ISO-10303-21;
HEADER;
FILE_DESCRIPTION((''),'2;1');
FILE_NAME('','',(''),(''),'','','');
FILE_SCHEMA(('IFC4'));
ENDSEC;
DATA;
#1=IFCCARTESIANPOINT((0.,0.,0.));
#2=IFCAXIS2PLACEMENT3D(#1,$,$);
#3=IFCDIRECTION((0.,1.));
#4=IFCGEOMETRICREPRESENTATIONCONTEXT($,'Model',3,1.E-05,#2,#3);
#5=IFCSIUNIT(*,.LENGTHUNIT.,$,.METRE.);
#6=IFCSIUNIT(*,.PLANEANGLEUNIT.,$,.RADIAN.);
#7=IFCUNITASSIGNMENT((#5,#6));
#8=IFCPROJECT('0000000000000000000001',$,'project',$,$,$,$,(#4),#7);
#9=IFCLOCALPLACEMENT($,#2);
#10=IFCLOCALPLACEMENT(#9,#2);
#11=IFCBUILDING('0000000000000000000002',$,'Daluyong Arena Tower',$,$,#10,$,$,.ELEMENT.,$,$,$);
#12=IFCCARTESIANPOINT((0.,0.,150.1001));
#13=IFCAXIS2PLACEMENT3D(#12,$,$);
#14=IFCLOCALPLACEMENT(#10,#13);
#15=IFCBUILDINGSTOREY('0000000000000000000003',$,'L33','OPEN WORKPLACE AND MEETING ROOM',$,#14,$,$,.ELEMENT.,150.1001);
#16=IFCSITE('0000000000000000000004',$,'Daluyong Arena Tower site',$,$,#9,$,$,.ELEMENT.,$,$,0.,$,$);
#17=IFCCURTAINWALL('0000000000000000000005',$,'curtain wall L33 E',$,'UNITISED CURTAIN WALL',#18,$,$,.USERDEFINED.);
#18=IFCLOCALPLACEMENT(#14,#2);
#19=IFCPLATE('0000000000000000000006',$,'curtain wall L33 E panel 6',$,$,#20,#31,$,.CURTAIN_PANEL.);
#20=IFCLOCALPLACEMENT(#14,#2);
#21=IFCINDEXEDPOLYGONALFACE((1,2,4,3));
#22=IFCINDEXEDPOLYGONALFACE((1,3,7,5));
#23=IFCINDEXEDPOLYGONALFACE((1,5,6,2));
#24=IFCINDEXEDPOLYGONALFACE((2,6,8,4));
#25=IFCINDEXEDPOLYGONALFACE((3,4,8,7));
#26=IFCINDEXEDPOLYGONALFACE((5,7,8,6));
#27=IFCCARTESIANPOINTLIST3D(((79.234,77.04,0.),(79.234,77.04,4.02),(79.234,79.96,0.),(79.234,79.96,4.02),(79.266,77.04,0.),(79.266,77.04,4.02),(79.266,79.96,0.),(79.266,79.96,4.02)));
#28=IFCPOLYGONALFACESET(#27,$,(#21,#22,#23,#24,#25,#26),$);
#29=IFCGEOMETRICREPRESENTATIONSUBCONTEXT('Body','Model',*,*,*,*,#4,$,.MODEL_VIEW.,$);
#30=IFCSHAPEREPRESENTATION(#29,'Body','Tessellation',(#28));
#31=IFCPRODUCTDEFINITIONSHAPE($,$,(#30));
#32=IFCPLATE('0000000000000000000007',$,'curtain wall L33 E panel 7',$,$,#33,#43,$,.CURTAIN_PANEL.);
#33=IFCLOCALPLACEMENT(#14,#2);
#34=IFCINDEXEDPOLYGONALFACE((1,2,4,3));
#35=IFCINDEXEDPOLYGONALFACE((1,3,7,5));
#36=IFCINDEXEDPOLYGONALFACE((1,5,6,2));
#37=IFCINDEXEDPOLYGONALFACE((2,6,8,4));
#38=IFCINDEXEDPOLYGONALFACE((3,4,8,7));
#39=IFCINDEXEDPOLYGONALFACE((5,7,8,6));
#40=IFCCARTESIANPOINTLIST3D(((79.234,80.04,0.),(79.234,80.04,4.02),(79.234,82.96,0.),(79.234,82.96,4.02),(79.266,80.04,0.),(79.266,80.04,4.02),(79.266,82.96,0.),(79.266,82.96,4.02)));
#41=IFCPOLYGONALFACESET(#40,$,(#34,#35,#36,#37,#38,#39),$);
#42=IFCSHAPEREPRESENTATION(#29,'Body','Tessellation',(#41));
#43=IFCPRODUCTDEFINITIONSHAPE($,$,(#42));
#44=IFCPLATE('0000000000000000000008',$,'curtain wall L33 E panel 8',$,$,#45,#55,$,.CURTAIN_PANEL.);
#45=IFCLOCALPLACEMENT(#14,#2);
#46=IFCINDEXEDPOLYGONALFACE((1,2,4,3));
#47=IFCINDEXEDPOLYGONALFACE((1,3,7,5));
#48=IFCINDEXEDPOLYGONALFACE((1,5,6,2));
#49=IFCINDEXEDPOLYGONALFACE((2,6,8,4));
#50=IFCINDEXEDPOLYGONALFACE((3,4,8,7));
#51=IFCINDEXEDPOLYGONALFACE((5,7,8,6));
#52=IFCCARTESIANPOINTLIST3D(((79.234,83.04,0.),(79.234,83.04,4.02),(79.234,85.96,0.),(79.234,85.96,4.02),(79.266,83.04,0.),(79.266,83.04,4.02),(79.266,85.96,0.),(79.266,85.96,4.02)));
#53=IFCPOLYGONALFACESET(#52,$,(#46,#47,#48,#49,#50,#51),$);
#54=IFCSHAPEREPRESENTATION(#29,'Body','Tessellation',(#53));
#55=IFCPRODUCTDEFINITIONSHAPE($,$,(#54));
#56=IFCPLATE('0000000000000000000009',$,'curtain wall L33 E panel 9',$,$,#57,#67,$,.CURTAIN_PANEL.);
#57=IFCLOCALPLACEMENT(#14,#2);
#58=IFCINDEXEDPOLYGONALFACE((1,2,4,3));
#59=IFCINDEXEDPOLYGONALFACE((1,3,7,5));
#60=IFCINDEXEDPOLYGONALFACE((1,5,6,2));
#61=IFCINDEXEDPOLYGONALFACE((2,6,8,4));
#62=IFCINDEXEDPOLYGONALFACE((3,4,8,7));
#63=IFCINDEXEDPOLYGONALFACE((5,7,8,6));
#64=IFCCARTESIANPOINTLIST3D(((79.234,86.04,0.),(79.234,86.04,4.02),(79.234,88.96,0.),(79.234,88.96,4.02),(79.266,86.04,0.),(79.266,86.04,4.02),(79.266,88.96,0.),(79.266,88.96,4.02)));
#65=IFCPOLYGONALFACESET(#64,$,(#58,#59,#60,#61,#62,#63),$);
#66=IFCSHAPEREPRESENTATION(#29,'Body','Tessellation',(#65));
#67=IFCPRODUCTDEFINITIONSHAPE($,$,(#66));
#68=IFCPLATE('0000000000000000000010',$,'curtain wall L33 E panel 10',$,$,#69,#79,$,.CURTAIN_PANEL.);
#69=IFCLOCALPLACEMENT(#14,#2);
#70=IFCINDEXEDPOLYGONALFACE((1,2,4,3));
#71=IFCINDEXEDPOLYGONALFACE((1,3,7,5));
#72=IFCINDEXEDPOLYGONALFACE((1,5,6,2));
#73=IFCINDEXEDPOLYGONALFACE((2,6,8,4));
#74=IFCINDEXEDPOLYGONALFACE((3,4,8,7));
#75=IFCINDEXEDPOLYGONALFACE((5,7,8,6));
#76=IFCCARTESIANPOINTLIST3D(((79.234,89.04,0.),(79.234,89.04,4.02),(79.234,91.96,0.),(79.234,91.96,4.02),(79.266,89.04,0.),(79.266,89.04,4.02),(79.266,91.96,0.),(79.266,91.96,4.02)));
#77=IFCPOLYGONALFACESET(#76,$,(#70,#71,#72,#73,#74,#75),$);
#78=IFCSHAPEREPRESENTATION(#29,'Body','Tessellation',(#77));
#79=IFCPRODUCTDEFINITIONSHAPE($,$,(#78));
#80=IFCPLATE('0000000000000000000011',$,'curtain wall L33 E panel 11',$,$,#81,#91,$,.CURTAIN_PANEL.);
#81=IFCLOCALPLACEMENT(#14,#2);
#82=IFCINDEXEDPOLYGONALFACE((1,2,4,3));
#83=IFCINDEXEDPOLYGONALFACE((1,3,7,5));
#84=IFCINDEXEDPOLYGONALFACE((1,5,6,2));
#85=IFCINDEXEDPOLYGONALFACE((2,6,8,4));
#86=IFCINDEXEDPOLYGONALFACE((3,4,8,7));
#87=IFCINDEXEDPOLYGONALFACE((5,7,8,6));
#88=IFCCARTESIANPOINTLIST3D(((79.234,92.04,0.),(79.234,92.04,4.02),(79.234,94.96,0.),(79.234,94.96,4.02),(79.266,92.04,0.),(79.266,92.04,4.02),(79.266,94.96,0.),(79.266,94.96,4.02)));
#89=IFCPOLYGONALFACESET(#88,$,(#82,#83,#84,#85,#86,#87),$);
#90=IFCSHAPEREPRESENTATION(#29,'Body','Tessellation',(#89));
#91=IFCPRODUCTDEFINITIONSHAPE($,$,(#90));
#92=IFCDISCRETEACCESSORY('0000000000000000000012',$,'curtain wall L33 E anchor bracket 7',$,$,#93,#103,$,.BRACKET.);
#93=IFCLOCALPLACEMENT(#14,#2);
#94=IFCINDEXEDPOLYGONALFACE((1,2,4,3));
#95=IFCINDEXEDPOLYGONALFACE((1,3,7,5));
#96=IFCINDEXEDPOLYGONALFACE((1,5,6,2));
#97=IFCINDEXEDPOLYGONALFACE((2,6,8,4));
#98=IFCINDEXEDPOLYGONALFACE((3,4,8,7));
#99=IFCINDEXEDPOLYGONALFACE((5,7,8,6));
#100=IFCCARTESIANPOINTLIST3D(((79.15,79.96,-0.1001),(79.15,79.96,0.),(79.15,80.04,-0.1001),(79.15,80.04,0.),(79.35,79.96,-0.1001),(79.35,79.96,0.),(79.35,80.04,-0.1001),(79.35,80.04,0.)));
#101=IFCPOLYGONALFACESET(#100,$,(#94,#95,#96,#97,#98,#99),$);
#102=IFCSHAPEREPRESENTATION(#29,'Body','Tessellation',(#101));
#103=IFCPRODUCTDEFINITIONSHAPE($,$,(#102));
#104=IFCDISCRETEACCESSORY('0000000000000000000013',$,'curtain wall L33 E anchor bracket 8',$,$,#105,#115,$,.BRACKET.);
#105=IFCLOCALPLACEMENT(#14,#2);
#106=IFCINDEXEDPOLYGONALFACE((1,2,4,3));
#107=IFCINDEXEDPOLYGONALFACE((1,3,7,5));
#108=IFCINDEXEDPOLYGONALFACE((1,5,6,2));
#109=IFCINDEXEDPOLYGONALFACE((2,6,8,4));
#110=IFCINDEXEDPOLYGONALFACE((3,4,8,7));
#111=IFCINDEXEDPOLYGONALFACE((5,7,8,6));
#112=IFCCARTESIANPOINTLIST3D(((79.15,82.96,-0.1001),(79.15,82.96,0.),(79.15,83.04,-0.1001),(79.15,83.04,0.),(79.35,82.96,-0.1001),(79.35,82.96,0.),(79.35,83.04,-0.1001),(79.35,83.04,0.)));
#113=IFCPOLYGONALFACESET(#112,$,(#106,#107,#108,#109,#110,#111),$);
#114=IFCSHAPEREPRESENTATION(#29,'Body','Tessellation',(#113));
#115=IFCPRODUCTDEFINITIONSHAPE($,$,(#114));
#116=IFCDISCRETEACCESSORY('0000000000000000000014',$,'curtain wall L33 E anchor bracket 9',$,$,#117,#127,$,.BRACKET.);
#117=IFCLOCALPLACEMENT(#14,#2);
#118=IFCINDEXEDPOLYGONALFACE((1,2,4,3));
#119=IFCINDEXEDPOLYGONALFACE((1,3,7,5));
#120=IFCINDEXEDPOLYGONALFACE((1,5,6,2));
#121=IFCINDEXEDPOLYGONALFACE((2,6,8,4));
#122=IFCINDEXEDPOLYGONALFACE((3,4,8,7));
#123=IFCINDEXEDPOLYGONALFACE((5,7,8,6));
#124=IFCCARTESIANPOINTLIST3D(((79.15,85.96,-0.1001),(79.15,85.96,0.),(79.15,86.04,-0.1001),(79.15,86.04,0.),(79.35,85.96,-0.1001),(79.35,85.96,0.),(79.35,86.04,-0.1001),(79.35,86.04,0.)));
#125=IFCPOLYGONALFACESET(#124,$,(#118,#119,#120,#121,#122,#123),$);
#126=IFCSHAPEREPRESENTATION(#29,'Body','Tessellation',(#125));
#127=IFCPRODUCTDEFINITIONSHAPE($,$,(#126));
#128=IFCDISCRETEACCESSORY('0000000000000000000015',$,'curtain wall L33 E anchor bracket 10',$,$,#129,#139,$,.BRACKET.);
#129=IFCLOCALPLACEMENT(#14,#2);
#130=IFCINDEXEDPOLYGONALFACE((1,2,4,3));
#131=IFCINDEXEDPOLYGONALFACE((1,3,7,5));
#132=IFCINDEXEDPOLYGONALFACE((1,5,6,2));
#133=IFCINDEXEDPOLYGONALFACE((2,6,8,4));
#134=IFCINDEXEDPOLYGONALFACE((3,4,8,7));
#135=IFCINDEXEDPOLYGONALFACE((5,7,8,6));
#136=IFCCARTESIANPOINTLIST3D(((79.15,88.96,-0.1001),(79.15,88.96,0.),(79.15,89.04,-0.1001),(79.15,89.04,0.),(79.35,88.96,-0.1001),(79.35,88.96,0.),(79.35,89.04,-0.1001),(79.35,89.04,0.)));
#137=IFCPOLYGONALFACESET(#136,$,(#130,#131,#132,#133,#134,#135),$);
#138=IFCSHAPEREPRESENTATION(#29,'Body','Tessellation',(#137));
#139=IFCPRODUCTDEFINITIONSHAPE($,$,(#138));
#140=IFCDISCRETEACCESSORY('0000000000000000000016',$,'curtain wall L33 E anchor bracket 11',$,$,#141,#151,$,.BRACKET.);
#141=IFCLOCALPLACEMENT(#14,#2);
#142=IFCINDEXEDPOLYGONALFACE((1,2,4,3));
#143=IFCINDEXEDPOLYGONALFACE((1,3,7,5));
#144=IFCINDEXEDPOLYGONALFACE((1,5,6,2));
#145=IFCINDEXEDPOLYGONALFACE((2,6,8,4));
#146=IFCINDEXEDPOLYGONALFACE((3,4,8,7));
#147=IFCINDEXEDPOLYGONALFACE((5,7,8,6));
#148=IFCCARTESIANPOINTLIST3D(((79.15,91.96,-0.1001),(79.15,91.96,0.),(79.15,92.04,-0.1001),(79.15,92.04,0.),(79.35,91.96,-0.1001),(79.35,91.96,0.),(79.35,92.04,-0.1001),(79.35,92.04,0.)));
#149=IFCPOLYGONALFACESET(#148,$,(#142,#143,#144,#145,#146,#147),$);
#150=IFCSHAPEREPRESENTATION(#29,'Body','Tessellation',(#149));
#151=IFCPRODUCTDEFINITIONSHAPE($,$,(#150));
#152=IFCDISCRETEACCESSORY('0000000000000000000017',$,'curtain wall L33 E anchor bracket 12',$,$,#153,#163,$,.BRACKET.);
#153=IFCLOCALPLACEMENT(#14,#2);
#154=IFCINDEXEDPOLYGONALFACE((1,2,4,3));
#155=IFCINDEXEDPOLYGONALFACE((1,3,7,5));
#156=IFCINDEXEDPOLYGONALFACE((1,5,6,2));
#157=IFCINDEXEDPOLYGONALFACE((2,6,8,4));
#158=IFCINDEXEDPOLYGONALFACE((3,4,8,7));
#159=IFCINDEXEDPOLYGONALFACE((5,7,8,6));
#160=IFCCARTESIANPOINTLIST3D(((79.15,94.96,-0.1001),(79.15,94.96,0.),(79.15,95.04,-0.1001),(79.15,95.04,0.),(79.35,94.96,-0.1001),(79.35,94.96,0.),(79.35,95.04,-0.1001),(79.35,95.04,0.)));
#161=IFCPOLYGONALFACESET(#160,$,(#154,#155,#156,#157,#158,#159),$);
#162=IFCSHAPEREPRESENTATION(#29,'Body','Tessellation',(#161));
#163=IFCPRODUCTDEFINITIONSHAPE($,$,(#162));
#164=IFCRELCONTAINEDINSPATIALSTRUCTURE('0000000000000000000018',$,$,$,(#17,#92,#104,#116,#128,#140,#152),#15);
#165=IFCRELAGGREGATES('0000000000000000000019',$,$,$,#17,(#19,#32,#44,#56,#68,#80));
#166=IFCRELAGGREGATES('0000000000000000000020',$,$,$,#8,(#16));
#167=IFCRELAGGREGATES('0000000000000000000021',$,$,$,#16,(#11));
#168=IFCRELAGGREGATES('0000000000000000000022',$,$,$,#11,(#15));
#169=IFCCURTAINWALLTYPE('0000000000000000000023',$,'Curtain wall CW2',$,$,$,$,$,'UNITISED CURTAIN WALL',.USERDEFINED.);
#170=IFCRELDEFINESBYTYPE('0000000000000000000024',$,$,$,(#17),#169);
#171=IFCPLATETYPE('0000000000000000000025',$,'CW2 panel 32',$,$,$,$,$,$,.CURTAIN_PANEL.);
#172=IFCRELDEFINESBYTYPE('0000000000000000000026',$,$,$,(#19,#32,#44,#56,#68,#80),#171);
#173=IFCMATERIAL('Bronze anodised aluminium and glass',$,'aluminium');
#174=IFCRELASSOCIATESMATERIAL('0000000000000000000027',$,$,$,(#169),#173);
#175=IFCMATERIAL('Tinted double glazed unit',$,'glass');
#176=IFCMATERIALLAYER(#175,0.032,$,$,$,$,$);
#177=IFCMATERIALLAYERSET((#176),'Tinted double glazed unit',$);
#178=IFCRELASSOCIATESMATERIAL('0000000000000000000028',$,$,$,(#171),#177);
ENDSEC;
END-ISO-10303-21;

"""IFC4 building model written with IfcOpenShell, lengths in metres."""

from ifc_helpers import new_model, si_unit, direction, frame, origin, origin_2d, place, context, subcontext, project, spatial, rectangle, extrude, material, layer, layer_set, type_object, element, aggregate, save


model = new_model("IFC4")

# Units and contexts
model_context = context("Model", 3, precision=1e-05, world=origin(), true_north=direction((0.0, 1.0)))
body_context = subcontext(model_context, "Body", "Model", "MODEL_VIEW")
ifc_project = project(units=[si_unit("LENGTHUNIT", "METRE"), si_unit("PLANEANGLEUNIT", "RADIAN")], contexts=[model_context])

# Site, building, storey
site_placement = place(None, origin())
site = spatial("IfcSite", under=ifc_project, at=site_placement, Name="Daluyong Arena Tower site", CompositionType="ELEMENT", RefElevation=0.0)
building_placement = place(site_placement, origin())
building = spatial("IfcBuilding", under=site, at=building_placement, Name="Daluyong Arena Tower", CompositionType="ELEMENT")
storey_placement = place(building_placement, frame((0.0, 0.0, 150.1001)))
storey = spatial("IfcBuildingStorey", under=building, at=storey_placement, Name="L33", Description="OPEN WORKPLACE AND MEETING ROOM", CompositionType="ELEMENT", Elevation=150.1001)

# Curtain wall
ifc_material_1 = material(Name="Bronze anodised aluminium and glass", Category="aluminium")
curtain_wall_type = type_object("IfcCurtainWallType", Name="Curtain wall CW2", ElementType="UNITISED CURTAIN WALL", PredefinedType="USERDEFINED", material=ifc_material_1)
curtain_wall_placement = place(storey_placement, origin())
curtain_wall = element("IfcCurtainWall", 1, at=curtain_wall_placement, inside=storey, type_object=curtain_wall_type, Name="curtain wall L33 E", ObjectType="UNITISED CURTAIN WALL", PredefinedType="USERDEFINED")

# Plates
ifc_material_2 = material(Name="Tinted double glazed unit", Category="glass")
ifc_layer = layer(ifc_material_2, 0.032)
ifc_layer_set = layer_set([ifc_layer], Name="Tinted double glazed unit")
plate_type = type_object("IfcPlateType", Name="CW2 panel 32", PredefinedType="CURTAIN_PANEL", material=ifc_layer_set)
plate_1_placement = place(storey_placement, frame((79.25, 78.5, 0.0), z_axis=(0.0, 0.0, 1.0), x_axis=(0.0, 1.0, 0.0)))
plate_1 = element("IfcPlate", 2, at=plate_1_placement, type_object=plate_type, Name="curtain wall L33 E panel 6", PredefinedType="CURTAIN_PANEL", context=body_context, shape_type="SweptSolid", body=[
    extrude(rectangle(XDim=2.9199, YDim=0.032, at=origin_2d()), origin(), (0.0, 0.0, 1.0), 4.02),
])
plate_2_placement = place(storey_placement, frame((79.25, 81.5, 0.0), z_axis=(0.0, 0.0, 1.0), x_axis=(0.0, 1.0, 0.0)))
plate_2 = element("IfcPlate", 3, at=plate_2_placement, type_object=plate_type, Name="curtain wall L33 E panel 7", PredefinedType="CURTAIN_PANEL", context=body_context, shape_type="SweptSolid", body=[
    extrude(rectangle(XDim=2.9199, YDim=0.032, at=origin_2d()), origin(), (0.0, 0.0, 1.0), 4.02),
])
plate_3_placement = place(storey_placement, frame((79.25, 84.5, 0.0), z_axis=(0.0, 0.0, 1.0), x_axis=(0.0, 1.0, 0.0)))
plate_3 = element("IfcPlate", 4, at=plate_3_placement, type_object=plate_type, Name="curtain wall L33 E panel 8", PredefinedType="CURTAIN_PANEL", context=body_context, shape_type="SweptSolid", body=[
    extrude(rectangle(XDim=2.9199, YDim=0.032, at=origin_2d()), origin(), (0.0, 0.0, 1.0), 4.02),
])
plate_4_placement = place(storey_placement, frame((79.25, 87.5, 0.0), z_axis=(0.0, 0.0, 1.0), x_axis=(0.0, 1.0, 0.0)))
plate_4 = element("IfcPlate", 5, at=plate_4_placement, type_object=plate_type, Name="curtain wall L33 E panel 9", PredefinedType="CURTAIN_PANEL", context=body_context, shape_type="SweptSolid", body=[
    extrude(rectangle(XDim=2.9199, YDim=0.032, at=origin_2d()), origin(), (0.0, 0.0, 1.0), 4.02),
])
plate_5_placement = place(storey_placement, frame((79.25, 90.5, 0.0), z_axis=(0.0, 0.0, 1.0), x_axis=(0.0, 1.0, 0.0)))
plate_5 = element("IfcPlate", 6, at=plate_5_placement, type_object=plate_type, Name="curtain wall L33 E panel 10", PredefinedType="CURTAIN_PANEL", context=body_context, shape_type="SweptSolid", body=[
    extrude(rectangle(XDim=2.9199, YDim=0.032, at=origin_2d()), origin(), (0.0, 0.0, 1.0), 4.02),
])
plate_6_placement = place(storey_placement, frame((79.25, 93.5, 0.0), z_axis=(0.0, 0.0, 1.0), x_axis=(0.0, 1.0, 0.0)))
plate_6 = element("IfcPlate", 7, at=plate_6_placement, type_object=plate_type, Name="curtain wall L33 E panel 11", PredefinedType="CURTAIN_PANEL", context=body_context, shape_type="SweptSolid", body=[
    extrude(rectangle(XDim=2.9199, YDim=0.032, at=origin_2d()), origin(), (0.0, 0.0, 1.0), 4.02),
])
aggregate(curtain_wall, [plate_1, plate_2, plate_3, plate_4, plate_5, plate_6])

# Discrete accessories
for number, where, z_axis, x_axis, name in (
    (8, (79.25, 80.0, -0.1001), (0.0, 0.0, 1.0), (0.0, 1.0, 0.0), "curtain wall L33 E anchor bracket 7"),
    (9, (79.25, 83.0, -0.1001), (0.0, 0.0, 1.0), (0.0, 1.0, 0.0), "curtain wall L33 E anchor bracket 8"),
    (10, (79.25, 86.0, -0.1001), (0.0, 0.0, 1.0), (0.0, 1.0, 0.0), "curtain wall L33 E anchor bracket 9"),
    (11, (79.25, 89.0, -0.1001), (0.0, 0.0, 1.0), (0.0, 1.0, 0.0), "curtain wall L33 E anchor bracket 10"),
    (12, (79.25, 92.0, -0.1001), (0.0, 0.0, 1.0), (0.0, 1.0, 0.0), "curtain wall L33 E anchor bracket 11"),
    (13, (79.25, 95.0, -0.1001), (0.0, 0.0, 1.0), (0.0, 1.0, 0.0), "curtain wall L33 E anchor bracket 12"),
):
    element("IfcDiscreteAccessory", number, at=place(storey_placement, frame(where, z_axis=z_axis, x_axis=x_axis)), inside=storey, Name=name, PredefinedType="BRACKET", context=body_context, shape_type="SweptSolid", body=[
        extrude(rectangle(XDim=0.0801, YDim=0.2, at=origin_2d()), origin(), (0.0, 0.0, 1.0), 0.1001),
    ])

save(model, "model.ifc")
